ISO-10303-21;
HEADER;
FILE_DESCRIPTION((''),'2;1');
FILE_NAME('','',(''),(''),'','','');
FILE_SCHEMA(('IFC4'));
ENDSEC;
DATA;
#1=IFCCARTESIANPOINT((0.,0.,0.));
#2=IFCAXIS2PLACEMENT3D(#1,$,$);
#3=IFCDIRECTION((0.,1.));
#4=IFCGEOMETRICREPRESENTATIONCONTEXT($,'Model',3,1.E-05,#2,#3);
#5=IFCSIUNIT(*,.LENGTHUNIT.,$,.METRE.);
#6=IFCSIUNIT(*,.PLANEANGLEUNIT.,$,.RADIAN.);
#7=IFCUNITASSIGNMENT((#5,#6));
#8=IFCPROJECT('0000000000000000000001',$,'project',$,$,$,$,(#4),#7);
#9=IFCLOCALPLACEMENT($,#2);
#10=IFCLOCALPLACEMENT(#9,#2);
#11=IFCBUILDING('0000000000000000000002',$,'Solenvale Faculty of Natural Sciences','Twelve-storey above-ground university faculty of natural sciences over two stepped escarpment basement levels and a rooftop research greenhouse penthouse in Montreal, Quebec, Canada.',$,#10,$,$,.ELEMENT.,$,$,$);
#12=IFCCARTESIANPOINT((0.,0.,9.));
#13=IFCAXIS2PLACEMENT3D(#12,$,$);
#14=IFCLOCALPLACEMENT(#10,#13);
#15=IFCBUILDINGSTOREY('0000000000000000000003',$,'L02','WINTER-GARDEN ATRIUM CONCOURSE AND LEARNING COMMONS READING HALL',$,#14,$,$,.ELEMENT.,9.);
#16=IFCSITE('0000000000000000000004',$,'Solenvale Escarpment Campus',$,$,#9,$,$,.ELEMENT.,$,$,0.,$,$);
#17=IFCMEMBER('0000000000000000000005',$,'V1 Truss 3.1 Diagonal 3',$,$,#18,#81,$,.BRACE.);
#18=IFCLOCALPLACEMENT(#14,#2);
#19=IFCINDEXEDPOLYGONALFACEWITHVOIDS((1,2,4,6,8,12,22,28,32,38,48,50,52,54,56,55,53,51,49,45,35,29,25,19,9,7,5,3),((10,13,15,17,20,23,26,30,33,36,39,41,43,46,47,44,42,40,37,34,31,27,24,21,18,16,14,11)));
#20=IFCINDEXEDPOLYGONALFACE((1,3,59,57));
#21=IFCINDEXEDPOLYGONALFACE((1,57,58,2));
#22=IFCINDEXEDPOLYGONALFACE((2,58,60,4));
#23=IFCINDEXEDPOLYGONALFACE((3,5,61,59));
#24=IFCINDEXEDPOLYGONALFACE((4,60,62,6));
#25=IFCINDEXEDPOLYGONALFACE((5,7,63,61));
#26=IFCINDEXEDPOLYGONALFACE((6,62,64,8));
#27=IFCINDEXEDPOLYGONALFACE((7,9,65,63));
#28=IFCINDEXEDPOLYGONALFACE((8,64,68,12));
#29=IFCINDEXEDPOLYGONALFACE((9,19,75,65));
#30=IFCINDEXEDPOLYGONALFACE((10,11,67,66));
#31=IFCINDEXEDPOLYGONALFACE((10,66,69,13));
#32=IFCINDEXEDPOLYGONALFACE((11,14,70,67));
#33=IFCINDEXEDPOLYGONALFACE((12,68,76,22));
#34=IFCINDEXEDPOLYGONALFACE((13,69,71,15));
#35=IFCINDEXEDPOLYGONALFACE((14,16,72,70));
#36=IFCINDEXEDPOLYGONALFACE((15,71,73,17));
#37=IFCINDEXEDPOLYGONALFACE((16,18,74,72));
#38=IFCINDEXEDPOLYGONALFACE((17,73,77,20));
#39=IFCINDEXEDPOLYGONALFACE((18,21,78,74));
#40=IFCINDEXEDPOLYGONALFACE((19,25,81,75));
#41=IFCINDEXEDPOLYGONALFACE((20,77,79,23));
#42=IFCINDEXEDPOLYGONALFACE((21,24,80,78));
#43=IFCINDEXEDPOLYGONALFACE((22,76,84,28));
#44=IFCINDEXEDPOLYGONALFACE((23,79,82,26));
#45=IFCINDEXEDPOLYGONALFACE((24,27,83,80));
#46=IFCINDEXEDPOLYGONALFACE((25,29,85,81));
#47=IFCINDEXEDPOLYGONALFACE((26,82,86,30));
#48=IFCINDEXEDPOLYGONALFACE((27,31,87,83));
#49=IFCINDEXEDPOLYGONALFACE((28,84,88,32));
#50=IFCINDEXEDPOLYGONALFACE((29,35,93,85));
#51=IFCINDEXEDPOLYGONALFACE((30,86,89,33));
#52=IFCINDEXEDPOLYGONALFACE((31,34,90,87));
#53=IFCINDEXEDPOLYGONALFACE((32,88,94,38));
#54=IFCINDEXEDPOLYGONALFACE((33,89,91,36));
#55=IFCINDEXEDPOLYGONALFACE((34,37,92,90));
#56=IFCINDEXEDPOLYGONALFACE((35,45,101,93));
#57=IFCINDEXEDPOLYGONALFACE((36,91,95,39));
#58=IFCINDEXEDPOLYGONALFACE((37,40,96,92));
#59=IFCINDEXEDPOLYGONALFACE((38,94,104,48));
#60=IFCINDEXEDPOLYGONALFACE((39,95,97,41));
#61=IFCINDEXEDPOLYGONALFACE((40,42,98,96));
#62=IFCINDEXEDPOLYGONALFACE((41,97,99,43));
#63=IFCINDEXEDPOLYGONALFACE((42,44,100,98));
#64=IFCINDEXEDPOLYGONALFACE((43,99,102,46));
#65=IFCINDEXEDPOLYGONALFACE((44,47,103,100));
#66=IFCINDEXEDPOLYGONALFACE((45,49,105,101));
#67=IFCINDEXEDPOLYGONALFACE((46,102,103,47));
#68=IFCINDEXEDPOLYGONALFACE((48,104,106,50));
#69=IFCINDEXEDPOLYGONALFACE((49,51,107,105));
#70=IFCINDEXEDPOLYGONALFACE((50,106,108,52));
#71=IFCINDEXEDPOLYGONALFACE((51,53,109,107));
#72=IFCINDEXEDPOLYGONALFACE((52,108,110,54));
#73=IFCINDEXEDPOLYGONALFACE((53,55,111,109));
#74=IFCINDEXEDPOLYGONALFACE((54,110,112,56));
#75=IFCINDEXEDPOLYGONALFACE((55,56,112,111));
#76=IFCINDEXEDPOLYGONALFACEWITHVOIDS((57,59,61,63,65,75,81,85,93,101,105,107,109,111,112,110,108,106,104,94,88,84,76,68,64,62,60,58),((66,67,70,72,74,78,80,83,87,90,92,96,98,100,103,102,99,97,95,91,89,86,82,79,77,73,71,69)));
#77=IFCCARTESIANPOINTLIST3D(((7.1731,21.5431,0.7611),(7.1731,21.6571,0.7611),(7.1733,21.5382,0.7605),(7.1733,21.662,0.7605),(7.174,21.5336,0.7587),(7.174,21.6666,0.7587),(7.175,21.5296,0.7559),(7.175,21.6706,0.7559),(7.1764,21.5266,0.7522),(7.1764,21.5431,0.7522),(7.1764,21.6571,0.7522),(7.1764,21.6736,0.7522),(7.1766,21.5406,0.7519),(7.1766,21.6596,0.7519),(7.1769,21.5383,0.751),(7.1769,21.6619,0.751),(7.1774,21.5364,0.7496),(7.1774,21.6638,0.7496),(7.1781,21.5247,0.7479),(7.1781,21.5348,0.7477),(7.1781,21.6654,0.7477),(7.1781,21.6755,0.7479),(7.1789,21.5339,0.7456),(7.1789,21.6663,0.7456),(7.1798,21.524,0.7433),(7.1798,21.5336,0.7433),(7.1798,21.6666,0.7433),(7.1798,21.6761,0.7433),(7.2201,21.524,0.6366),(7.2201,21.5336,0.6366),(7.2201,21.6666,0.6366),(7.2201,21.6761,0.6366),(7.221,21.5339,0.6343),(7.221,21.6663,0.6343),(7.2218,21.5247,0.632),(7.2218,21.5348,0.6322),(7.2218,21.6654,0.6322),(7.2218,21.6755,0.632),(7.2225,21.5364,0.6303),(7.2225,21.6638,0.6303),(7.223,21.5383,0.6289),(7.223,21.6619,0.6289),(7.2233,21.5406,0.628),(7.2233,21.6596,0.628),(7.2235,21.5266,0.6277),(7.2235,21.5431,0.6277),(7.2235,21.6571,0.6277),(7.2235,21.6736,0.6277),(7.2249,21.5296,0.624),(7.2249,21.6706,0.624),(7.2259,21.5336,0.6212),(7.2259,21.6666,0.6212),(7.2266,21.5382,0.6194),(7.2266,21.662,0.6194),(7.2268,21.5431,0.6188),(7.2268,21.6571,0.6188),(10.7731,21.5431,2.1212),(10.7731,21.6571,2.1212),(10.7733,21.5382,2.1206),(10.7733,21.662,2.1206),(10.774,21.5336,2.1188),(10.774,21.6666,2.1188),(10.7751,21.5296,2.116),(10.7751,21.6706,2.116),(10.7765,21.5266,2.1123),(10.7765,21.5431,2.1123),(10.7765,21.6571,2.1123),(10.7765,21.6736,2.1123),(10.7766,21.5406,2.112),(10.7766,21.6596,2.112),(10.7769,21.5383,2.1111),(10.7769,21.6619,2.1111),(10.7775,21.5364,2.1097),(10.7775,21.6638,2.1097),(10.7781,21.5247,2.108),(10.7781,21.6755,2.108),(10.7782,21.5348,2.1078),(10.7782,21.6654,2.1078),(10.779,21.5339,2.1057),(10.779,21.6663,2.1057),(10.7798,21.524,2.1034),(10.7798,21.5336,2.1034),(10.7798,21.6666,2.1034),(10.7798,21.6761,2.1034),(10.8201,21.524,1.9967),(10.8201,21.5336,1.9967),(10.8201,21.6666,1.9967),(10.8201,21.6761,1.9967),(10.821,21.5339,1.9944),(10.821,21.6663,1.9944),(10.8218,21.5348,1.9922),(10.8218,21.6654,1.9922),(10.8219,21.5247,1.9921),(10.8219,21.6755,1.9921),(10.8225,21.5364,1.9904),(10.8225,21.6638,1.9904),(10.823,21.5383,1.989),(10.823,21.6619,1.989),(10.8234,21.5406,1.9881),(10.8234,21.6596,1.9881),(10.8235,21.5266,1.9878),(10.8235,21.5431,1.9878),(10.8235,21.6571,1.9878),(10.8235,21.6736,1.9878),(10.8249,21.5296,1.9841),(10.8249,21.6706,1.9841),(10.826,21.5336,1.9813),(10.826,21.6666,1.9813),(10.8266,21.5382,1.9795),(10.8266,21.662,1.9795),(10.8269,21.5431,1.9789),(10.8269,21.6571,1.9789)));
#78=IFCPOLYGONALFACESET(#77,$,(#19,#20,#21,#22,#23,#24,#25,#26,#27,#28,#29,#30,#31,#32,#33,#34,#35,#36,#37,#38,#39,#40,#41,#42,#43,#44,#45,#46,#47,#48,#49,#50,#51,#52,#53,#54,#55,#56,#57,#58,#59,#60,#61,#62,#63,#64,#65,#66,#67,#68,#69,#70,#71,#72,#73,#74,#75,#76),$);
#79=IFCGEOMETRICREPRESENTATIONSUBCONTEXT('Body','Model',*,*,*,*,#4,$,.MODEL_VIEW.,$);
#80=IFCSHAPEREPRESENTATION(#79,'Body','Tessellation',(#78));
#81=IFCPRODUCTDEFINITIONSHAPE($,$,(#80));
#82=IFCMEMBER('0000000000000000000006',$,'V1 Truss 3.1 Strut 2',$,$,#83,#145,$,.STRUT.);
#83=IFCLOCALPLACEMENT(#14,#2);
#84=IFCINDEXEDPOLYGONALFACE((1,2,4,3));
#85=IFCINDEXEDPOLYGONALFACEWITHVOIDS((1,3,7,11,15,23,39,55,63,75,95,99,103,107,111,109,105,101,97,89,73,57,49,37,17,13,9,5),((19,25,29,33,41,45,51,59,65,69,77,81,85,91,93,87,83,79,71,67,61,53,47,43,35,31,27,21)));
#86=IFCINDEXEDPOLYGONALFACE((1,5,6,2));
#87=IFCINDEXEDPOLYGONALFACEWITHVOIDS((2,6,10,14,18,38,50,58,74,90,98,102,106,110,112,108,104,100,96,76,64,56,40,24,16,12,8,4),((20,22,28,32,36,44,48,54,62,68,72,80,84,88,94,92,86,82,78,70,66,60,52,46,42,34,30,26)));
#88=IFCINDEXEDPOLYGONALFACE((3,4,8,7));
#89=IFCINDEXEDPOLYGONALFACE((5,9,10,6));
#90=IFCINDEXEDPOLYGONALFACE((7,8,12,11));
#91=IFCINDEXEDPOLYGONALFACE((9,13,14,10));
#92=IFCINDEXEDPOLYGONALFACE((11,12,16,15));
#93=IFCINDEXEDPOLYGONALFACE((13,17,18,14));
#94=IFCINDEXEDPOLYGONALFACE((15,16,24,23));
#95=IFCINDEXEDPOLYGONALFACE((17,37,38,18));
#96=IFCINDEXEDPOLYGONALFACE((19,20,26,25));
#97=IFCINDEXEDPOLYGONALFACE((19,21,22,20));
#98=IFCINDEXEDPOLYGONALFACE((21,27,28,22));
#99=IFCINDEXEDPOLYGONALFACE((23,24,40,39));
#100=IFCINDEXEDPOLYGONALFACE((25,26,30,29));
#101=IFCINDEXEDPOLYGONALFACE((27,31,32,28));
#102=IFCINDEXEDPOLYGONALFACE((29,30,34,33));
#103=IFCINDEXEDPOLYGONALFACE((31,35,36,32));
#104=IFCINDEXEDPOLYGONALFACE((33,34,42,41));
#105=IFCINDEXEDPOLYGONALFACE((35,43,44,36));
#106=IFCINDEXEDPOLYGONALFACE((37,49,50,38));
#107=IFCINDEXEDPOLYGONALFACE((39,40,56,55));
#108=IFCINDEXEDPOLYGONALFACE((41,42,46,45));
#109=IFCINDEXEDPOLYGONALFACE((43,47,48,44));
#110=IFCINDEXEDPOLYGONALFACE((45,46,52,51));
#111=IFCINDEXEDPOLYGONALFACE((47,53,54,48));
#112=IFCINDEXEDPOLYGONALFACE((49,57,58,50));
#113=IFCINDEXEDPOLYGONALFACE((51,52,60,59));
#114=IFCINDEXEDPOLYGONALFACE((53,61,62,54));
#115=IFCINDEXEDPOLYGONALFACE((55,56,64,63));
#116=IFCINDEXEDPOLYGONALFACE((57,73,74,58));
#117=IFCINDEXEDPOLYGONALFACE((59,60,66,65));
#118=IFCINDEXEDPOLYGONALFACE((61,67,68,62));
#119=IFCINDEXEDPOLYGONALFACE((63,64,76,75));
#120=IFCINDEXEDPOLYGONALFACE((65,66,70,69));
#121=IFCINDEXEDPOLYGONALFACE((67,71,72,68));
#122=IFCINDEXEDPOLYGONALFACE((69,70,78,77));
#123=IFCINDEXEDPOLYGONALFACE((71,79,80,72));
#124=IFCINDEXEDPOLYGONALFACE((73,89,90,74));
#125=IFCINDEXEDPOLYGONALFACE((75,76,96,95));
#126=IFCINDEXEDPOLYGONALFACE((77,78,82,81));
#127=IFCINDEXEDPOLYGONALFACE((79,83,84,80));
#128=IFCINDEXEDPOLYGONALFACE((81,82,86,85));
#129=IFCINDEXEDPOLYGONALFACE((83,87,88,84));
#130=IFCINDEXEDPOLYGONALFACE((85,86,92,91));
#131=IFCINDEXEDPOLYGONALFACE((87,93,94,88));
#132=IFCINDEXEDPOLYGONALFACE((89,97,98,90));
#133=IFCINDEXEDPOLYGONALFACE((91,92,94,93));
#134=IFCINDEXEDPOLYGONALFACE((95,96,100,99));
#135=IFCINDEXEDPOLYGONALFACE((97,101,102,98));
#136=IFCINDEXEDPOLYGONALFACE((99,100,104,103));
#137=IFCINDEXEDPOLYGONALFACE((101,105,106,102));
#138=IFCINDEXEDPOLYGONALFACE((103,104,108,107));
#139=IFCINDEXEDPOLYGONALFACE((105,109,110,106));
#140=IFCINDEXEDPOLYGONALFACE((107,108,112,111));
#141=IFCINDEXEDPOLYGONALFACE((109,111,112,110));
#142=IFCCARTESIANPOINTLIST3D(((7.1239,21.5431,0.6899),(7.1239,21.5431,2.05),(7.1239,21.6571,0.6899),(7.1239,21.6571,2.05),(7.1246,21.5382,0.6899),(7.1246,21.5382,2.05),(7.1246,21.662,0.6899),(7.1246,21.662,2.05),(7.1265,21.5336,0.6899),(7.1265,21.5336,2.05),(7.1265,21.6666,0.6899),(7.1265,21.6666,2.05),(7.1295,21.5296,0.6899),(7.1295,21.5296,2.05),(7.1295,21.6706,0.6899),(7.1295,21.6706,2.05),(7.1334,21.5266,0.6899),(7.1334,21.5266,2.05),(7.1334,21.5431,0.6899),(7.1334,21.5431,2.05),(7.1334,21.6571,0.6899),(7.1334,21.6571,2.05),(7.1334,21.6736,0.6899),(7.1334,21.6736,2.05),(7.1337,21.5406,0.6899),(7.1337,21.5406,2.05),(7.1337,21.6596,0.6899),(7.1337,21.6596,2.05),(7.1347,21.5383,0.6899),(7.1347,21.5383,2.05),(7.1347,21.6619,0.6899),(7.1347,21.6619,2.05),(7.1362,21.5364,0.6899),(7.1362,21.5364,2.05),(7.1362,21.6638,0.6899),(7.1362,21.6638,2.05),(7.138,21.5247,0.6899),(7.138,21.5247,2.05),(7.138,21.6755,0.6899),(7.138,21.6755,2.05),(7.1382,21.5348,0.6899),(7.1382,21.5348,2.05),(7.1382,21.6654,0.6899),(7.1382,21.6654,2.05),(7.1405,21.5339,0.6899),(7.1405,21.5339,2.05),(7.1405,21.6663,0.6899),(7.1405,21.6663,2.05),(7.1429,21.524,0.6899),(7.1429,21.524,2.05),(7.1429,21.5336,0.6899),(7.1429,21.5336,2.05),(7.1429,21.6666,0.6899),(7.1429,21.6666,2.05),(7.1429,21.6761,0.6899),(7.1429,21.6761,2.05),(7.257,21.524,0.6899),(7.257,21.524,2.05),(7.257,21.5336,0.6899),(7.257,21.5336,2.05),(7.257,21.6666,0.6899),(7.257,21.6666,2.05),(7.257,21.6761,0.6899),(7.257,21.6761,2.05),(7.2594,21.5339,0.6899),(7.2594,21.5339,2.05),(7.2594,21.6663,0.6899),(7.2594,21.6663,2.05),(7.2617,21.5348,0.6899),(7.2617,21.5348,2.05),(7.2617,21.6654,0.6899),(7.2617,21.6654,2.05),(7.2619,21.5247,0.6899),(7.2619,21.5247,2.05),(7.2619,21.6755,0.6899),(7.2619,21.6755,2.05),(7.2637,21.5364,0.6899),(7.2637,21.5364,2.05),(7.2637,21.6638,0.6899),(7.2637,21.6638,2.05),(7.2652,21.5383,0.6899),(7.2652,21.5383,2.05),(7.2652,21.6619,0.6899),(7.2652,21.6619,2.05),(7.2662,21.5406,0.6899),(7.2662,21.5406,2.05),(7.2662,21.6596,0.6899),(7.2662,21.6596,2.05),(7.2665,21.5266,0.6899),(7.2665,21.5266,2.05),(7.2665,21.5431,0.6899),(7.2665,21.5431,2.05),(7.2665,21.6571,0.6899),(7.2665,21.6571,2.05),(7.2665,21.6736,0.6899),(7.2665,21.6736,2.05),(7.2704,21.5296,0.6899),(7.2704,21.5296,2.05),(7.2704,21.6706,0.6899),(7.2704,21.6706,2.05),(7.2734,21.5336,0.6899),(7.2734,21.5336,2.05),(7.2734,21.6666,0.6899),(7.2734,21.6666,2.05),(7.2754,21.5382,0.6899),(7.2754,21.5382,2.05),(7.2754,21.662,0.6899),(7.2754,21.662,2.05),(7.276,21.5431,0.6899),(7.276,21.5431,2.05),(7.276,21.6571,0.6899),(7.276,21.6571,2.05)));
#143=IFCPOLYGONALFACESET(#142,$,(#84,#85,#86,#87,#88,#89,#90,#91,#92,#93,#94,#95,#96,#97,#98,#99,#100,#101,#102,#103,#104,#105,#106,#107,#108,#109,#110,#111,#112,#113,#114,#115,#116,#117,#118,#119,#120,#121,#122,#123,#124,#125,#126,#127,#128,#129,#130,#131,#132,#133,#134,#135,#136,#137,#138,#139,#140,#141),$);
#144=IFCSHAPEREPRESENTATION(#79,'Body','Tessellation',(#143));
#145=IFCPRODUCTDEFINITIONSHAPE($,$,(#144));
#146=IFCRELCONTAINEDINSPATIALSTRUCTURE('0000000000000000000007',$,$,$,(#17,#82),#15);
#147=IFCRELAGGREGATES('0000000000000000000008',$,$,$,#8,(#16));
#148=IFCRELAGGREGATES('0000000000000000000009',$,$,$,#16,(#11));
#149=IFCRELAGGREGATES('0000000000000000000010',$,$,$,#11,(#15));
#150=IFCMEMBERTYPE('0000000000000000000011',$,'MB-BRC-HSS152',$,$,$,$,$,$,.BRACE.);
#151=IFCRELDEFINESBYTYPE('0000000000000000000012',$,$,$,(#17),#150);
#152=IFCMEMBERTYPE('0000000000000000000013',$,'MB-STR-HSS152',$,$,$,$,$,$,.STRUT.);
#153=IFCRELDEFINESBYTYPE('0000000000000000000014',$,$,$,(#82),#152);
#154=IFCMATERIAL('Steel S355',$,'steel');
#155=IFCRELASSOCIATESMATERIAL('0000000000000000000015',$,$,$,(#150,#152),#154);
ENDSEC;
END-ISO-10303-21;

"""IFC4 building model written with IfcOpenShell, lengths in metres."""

from ifc_helpers import new_model, si_unit, direction, frame, origin, origin_2d, place, context, subcontext, project, spatial, hollow_rectangle, extrude, material, material_profile, profile_set, type_object, element, save


model = new_model("IFC4")

# Units and contexts
model_context = context("Model", 3, precision=1e-05, world=origin(), true_north=direction((0.0, 1.0)))
body_context = subcontext(model_context, "Body", "Model", "MODEL_VIEW")
ifc_project = project(units=[si_unit("LENGTHUNIT", "METRE"), si_unit("PLANEANGLEUNIT", "RADIAN")], contexts=[model_context])

# Site, building, storey
site_placement = place(None, origin())
site = spatial("IfcSite", under=ifc_project, at=site_placement, Name="Solenvale Escarpment Campus", CompositionType="ELEMENT", RefElevation=0.0)
building_placement = place(site_placement, origin())
building = spatial("IfcBuilding", under=site, at=building_placement, Name="Solenvale Faculty of Natural Sciences", Description="Twelve-storey above-ground university faculty of natural sciences over two stepped escarpment basement levels and a rooftop research greenhouse penthouse in Montreal, Quebec, Canada.", CompositionType="ELEMENT")
storey_placement = place(building_placement, frame((0.0, 0.0, 9.0)))
storey = spatial("IfcBuildingStorey", under=building, at=storey_placement, Name="L02", Description="WINTER-GARDEN ATRIUM CONCOURSE AND LEARNING COMMONS READING HALL", CompositionType="ELEMENT", Elevation=9.0)

# Members
ifc_material_1 = material(Name="Steel S355", Category="steel")
ifc_material_profile_1 = material_profile(ifc_material_1, hollow_rectangle(XDim=0.1521, YDim=0.1521, WallThickness=0.0095, InnerFilletRadius=0.0095, OuterFilletRadius=0.019, at=origin_2d()), Name="HSS152x152x9.5")
ifc_profile_set_1 = profile_set([ifc_material_profile_1], Name="Steel S355")
member_type_1 = type_object("IfcMemberType", Name="MB-BRC-HSS152", PredefinedType="BRACE", material=ifc_profile_set_1)
member_1_placement = place(storey_placement, frame((7.2, 21.6001, 0.6899), z_axis=(0.935466, 0.0, 0.353417), x_axis=(0.0, 1.0, 0.0)))
element("IfcMember", 1, at=member_1_placement, inside=storey, type_object=member_type_1, Name="V1 Truss 3.1 Diagonal 3", PredefinedType="BRACE", context=body_context, shape_type="SweptSolid", body=[
    extrude(hollow_rectangle(XDim=0.1521, YDim=0.1521, WallThickness=0.0095, InnerFilletRadius=0.0095, OuterFilletRadius=0.019, at=origin_2d()), origin(), (0.0, 0.0, 1.0), 3.8484),
])
ifc_material_profile_2 = material_profile(ifc_material_1, hollow_rectangle(XDim=0.1521, YDim=0.1521, WallThickness=0.0095, InnerFilletRadius=0.0095, OuterFilletRadius=0.019, at=origin_2d()), Name="HSS152x152x9.5")
ifc_profile_set_2 = profile_set([ifc_material_profile_2], Name="Steel S355")
member_type_2 = type_object("IfcMemberType", Name="MB-STR-HSS152", PredefinedType="STRUT", material=ifc_profile_set_2)
for number, where, z_axis, x_axis, name in (
    (2, (7.2, 21.6001, 0.6899), (0.0, 0.0, 1.0), (1.0, 0.0, 0.0), "V1 Truss 3.1 Strut 2"),
):
    element("IfcMember", number, at=place(storey_placement, frame(where, z_axis=z_axis, x_axis=x_axis)), inside=storey, type_object=member_type_2, Name=name, PredefinedType="STRUT", context=body_context, shape_type="SweptSolid", body=[
        extrude(hollow_rectangle(XDim=0.1521, YDim=0.1521, WallThickness=0.0095, InnerFilletRadius=0.0095, OuterFilletRadius=0.019, at=origin_2d()), origin(), (0.0, 0.0, 1.0), 1.3601),
    ])

save(model, "model.ifc")
